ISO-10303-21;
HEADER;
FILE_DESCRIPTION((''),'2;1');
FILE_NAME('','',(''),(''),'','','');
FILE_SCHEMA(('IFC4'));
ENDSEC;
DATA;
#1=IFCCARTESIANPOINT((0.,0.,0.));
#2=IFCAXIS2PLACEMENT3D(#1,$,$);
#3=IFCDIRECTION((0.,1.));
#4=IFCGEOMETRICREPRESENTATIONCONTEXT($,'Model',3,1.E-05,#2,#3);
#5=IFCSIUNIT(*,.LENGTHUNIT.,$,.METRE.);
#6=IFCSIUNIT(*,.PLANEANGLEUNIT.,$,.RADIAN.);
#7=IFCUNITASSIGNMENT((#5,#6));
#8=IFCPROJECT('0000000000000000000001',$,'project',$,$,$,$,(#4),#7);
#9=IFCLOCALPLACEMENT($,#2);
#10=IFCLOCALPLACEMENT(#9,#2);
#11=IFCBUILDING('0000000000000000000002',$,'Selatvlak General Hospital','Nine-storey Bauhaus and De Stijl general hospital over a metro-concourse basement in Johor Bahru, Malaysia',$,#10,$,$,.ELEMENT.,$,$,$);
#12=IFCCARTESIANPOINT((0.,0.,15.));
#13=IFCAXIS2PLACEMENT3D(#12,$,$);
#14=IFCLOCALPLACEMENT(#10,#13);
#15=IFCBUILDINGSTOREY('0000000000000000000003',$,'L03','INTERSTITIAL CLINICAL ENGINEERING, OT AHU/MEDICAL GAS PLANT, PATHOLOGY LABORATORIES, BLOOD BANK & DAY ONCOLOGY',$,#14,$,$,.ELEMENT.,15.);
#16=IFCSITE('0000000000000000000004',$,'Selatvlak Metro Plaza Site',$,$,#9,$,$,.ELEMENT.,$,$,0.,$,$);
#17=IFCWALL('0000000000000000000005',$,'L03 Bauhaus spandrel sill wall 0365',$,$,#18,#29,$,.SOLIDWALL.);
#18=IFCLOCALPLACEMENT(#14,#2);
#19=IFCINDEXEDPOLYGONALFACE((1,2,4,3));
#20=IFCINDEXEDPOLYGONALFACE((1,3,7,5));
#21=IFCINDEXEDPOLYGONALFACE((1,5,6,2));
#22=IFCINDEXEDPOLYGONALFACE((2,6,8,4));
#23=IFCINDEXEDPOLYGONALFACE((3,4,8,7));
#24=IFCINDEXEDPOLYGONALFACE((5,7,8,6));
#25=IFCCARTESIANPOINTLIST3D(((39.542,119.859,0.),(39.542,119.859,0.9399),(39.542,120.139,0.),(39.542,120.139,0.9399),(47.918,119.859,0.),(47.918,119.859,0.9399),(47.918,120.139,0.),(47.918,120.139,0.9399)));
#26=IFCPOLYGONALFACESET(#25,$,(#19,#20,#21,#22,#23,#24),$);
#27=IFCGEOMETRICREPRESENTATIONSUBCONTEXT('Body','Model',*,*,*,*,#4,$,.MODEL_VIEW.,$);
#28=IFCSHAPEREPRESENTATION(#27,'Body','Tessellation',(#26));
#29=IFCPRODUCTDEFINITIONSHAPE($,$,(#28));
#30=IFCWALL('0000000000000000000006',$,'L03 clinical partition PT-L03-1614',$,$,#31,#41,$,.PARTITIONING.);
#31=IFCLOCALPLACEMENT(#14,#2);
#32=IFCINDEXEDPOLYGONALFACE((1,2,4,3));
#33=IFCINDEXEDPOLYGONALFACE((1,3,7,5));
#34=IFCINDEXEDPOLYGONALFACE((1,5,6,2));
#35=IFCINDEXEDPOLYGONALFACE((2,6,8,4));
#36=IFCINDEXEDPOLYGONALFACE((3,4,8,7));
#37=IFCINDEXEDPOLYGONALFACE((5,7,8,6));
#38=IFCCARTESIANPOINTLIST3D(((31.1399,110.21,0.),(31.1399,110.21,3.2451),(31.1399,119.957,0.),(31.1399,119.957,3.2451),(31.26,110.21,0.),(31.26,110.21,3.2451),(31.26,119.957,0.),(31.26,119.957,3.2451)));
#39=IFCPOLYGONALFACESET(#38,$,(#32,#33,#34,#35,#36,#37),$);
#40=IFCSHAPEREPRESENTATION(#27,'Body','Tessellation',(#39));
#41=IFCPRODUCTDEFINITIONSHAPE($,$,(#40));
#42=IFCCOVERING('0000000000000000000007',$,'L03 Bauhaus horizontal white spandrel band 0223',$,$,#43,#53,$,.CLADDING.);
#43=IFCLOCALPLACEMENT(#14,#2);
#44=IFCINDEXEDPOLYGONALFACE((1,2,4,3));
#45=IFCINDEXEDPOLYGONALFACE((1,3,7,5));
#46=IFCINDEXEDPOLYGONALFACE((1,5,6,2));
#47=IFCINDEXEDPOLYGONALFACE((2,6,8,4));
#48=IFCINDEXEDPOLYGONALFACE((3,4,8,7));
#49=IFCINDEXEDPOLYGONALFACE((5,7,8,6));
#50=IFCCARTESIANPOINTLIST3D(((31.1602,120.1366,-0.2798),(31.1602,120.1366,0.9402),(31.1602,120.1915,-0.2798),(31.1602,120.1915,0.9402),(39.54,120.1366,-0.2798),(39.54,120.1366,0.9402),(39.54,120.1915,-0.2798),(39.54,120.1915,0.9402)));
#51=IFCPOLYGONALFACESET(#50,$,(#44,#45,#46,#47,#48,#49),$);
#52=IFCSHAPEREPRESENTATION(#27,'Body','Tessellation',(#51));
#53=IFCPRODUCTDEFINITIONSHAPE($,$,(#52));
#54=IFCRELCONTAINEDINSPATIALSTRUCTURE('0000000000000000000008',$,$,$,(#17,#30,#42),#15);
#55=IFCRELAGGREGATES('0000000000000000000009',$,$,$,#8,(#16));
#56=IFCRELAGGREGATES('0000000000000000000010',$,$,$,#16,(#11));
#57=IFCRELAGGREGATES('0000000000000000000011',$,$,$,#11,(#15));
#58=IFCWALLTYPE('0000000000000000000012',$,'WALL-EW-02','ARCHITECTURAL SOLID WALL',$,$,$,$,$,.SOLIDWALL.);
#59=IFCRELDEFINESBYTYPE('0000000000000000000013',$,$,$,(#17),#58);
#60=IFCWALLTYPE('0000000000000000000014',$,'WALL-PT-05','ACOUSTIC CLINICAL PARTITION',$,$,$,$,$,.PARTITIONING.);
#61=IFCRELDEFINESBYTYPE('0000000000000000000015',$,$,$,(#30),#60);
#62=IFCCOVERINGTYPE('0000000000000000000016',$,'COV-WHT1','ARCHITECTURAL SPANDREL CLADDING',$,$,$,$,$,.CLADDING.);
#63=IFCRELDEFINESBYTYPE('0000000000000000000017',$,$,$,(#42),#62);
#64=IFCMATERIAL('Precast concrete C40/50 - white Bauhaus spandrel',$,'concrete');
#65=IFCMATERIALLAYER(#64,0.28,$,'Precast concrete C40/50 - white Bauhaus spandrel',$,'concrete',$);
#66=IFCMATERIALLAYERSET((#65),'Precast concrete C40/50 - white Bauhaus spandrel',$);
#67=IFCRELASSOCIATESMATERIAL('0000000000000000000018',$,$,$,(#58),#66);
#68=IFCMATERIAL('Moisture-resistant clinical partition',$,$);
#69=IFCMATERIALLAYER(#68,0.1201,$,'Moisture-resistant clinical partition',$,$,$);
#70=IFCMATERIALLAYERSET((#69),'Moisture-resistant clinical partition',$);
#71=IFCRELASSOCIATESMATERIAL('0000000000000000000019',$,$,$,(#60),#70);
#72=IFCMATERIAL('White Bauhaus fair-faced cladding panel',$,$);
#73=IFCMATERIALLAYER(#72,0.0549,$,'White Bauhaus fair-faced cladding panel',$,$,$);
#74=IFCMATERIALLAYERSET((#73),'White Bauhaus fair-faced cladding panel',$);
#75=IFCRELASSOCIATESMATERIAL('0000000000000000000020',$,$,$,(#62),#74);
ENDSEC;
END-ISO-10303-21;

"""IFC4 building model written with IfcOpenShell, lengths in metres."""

from ifc_helpers import new_model, si_unit, direction, frame, frame_2d, origin, origin_2d, place, context, subcontext, project, spatial, rectangle, extrude, material, layer, layer_set, type_object, element, save


model = new_model("IFC4")

# Units and contexts
model_context = context("Model", 3, precision=1e-05, world=origin(), true_north=direction((0.0, 1.0)))
body_context = subcontext(model_context, "Body", "Model", "MODEL_VIEW")
ifc_project = project(units=[si_unit("LENGTHUNIT", "METRE"), si_unit("PLANEANGLEUNIT", "RADIAN")], contexts=[model_context])

# Site, building, storey
site_placement = place(None, origin())
site = spatial("IfcSite", under=ifc_project, at=site_placement, Name="Selatvlak Metro Plaza Site", CompositionType="ELEMENT", RefElevation=0.0)
building_placement = place(site_placement, origin())
building = spatial("IfcBuilding", under=site, at=building_placement, Name="Selatvlak General Hospital", Description="Nine-storey Bauhaus and De Stijl general hospital over a metro-concourse basement in Johor Bahru, Malaysia", CompositionType="ELEMENT")
storey_placement = place(building_placement, frame((0.0, 0.0, 15.0)))
storey = spatial("IfcBuildingStorey", under=building, at=storey_placement, Name="L03", Description="INTERSTITIAL CLINICAL ENGINEERING, OT AHU/MEDICAL GAS PLANT, PATHOLOGY LABORATORIES, BLOOD BANK & DAY ONCOLOGY", CompositionType="ELEMENT", Elevation=15.0)

# Wall
ifc_material_1 = material(Name="Precast concrete C40/50 - white Bauhaus spandrel", Category="concrete")
ifc_layer_1 = layer(ifc_material_1, 0.28, Name="Precast concrete C40/50 - white Bauhaus spandrel", Category="concrete")
ifc_layer_set_1 = layer_set([ifc_layer_1], Name="Precast concrete C40/50 - white Bauhaus spandrel")
wall_type_1 = type_object("IfcWallType", Name="WALL-EW-02", Description="ARCHITECTURAL SOLID WALL", PredefinedType="SOLIDWALL", material=ifc_layer_set_1)
for number, where, z_axis, x_axis, name in (
    (1, (39.542, 119.999, 0.0), (0.0, 0.0, 1.0), (1.0, 0.0, 0.0), "L03 Bauhaus spandrel sill wall 0365"),
):
    element("IfcWall", number, at=place(storey_placement, frame(where, z_axis=z_axis, x_axis=x_axis)), inside=storey, type_object=wall_type_1, Name=name, PredefinedType="SOLIDWALL", context=body_context, shape_type="SweptSolid", body=[
        extrude(rectangle(XDim=8.376, YDim=0.28, at=frame_2d((4.188, 0.0))), origin(), (0.0, 0.0, 1.0), 0.9399),
    ])

# Wall
ifc_material_2 = material(Name="Moisture-resistant clinical partition")
ifc_layer_2 = layer(ifc_material_2, 0.1201, Name="Moisture-resistant clinical partition")
ifc_layer_set_2 = layer_set([ifc_layer_2], Name="Moisture-resistant clinical partition")
wall_type_2 = type_object("IfcWallType", Name="WALL-PT-05", Description="ACOUSTIC CLINICAL PARTITION", PredefinedType="PARTITIONING", material=ifc_layer_set_2)
wall_1_placement = place(storey_placement, frame((31.2, 119.957, 0.0), z_axis=(0.0, 0.0, 1.0), x_axis=(0.0, -1.0, 0.0)))
element("IfcWall", 2, at=wall_1_placement, inside=storey, type_object=wall_type_2, Name="L03 clinical partition PT-L03-1614", PredefinedType="PARTITIONING", context=body_context, shape_type="SweptSolid", body=[
    extrude(rectangle(XDim=9.7471, YDim=0.1201, at=frame_2d((4.8735, 0.0))), origin(), (0.0, 0.0, 1.0), 3.2451),
])

# Covering
ifc_material_3 = material(Name="White Bauhaus fair-faced cladding panel")
ifc_layer_3 = layer(ifc_material_3, 0.0549, Name="White Bauhaus fair-faced cladding panel")
ifc_layer_set_3 = layer_set([ifc_layer_3], Name="White Bauhaus fair-faced cladding panel")
covering_type = type_object("IfcCoveringType", Name="COV-WHT1", Description="ARCHITECTURAL SPANDREL CLADDING", PredefinedType="CLADDING", material=ifc_layer_set_3)
covering_placement = place(storey_placement, frame((35.3501, 120.1641, -0.2798), z_axis=(0.0, 0.0, 1.0), x_axis=(1.0, 0.0, 0.0)))
element("IfcCovering", 3, at=covering_placement, inside=storey, type_object=covering_type, Name="L03 Bauhaus horizontal white spandrel band 0223", PredefinedType="CLADDING", context=body_context, shape_type="SweptSolid", body=[
    extrude(rectangle(XDim=8.3799, YDim=0.0549, at=origin_2d()), origin(), (0.0, 0.0, 1.0), 1.22),
])

save(model, "model.ifc")
